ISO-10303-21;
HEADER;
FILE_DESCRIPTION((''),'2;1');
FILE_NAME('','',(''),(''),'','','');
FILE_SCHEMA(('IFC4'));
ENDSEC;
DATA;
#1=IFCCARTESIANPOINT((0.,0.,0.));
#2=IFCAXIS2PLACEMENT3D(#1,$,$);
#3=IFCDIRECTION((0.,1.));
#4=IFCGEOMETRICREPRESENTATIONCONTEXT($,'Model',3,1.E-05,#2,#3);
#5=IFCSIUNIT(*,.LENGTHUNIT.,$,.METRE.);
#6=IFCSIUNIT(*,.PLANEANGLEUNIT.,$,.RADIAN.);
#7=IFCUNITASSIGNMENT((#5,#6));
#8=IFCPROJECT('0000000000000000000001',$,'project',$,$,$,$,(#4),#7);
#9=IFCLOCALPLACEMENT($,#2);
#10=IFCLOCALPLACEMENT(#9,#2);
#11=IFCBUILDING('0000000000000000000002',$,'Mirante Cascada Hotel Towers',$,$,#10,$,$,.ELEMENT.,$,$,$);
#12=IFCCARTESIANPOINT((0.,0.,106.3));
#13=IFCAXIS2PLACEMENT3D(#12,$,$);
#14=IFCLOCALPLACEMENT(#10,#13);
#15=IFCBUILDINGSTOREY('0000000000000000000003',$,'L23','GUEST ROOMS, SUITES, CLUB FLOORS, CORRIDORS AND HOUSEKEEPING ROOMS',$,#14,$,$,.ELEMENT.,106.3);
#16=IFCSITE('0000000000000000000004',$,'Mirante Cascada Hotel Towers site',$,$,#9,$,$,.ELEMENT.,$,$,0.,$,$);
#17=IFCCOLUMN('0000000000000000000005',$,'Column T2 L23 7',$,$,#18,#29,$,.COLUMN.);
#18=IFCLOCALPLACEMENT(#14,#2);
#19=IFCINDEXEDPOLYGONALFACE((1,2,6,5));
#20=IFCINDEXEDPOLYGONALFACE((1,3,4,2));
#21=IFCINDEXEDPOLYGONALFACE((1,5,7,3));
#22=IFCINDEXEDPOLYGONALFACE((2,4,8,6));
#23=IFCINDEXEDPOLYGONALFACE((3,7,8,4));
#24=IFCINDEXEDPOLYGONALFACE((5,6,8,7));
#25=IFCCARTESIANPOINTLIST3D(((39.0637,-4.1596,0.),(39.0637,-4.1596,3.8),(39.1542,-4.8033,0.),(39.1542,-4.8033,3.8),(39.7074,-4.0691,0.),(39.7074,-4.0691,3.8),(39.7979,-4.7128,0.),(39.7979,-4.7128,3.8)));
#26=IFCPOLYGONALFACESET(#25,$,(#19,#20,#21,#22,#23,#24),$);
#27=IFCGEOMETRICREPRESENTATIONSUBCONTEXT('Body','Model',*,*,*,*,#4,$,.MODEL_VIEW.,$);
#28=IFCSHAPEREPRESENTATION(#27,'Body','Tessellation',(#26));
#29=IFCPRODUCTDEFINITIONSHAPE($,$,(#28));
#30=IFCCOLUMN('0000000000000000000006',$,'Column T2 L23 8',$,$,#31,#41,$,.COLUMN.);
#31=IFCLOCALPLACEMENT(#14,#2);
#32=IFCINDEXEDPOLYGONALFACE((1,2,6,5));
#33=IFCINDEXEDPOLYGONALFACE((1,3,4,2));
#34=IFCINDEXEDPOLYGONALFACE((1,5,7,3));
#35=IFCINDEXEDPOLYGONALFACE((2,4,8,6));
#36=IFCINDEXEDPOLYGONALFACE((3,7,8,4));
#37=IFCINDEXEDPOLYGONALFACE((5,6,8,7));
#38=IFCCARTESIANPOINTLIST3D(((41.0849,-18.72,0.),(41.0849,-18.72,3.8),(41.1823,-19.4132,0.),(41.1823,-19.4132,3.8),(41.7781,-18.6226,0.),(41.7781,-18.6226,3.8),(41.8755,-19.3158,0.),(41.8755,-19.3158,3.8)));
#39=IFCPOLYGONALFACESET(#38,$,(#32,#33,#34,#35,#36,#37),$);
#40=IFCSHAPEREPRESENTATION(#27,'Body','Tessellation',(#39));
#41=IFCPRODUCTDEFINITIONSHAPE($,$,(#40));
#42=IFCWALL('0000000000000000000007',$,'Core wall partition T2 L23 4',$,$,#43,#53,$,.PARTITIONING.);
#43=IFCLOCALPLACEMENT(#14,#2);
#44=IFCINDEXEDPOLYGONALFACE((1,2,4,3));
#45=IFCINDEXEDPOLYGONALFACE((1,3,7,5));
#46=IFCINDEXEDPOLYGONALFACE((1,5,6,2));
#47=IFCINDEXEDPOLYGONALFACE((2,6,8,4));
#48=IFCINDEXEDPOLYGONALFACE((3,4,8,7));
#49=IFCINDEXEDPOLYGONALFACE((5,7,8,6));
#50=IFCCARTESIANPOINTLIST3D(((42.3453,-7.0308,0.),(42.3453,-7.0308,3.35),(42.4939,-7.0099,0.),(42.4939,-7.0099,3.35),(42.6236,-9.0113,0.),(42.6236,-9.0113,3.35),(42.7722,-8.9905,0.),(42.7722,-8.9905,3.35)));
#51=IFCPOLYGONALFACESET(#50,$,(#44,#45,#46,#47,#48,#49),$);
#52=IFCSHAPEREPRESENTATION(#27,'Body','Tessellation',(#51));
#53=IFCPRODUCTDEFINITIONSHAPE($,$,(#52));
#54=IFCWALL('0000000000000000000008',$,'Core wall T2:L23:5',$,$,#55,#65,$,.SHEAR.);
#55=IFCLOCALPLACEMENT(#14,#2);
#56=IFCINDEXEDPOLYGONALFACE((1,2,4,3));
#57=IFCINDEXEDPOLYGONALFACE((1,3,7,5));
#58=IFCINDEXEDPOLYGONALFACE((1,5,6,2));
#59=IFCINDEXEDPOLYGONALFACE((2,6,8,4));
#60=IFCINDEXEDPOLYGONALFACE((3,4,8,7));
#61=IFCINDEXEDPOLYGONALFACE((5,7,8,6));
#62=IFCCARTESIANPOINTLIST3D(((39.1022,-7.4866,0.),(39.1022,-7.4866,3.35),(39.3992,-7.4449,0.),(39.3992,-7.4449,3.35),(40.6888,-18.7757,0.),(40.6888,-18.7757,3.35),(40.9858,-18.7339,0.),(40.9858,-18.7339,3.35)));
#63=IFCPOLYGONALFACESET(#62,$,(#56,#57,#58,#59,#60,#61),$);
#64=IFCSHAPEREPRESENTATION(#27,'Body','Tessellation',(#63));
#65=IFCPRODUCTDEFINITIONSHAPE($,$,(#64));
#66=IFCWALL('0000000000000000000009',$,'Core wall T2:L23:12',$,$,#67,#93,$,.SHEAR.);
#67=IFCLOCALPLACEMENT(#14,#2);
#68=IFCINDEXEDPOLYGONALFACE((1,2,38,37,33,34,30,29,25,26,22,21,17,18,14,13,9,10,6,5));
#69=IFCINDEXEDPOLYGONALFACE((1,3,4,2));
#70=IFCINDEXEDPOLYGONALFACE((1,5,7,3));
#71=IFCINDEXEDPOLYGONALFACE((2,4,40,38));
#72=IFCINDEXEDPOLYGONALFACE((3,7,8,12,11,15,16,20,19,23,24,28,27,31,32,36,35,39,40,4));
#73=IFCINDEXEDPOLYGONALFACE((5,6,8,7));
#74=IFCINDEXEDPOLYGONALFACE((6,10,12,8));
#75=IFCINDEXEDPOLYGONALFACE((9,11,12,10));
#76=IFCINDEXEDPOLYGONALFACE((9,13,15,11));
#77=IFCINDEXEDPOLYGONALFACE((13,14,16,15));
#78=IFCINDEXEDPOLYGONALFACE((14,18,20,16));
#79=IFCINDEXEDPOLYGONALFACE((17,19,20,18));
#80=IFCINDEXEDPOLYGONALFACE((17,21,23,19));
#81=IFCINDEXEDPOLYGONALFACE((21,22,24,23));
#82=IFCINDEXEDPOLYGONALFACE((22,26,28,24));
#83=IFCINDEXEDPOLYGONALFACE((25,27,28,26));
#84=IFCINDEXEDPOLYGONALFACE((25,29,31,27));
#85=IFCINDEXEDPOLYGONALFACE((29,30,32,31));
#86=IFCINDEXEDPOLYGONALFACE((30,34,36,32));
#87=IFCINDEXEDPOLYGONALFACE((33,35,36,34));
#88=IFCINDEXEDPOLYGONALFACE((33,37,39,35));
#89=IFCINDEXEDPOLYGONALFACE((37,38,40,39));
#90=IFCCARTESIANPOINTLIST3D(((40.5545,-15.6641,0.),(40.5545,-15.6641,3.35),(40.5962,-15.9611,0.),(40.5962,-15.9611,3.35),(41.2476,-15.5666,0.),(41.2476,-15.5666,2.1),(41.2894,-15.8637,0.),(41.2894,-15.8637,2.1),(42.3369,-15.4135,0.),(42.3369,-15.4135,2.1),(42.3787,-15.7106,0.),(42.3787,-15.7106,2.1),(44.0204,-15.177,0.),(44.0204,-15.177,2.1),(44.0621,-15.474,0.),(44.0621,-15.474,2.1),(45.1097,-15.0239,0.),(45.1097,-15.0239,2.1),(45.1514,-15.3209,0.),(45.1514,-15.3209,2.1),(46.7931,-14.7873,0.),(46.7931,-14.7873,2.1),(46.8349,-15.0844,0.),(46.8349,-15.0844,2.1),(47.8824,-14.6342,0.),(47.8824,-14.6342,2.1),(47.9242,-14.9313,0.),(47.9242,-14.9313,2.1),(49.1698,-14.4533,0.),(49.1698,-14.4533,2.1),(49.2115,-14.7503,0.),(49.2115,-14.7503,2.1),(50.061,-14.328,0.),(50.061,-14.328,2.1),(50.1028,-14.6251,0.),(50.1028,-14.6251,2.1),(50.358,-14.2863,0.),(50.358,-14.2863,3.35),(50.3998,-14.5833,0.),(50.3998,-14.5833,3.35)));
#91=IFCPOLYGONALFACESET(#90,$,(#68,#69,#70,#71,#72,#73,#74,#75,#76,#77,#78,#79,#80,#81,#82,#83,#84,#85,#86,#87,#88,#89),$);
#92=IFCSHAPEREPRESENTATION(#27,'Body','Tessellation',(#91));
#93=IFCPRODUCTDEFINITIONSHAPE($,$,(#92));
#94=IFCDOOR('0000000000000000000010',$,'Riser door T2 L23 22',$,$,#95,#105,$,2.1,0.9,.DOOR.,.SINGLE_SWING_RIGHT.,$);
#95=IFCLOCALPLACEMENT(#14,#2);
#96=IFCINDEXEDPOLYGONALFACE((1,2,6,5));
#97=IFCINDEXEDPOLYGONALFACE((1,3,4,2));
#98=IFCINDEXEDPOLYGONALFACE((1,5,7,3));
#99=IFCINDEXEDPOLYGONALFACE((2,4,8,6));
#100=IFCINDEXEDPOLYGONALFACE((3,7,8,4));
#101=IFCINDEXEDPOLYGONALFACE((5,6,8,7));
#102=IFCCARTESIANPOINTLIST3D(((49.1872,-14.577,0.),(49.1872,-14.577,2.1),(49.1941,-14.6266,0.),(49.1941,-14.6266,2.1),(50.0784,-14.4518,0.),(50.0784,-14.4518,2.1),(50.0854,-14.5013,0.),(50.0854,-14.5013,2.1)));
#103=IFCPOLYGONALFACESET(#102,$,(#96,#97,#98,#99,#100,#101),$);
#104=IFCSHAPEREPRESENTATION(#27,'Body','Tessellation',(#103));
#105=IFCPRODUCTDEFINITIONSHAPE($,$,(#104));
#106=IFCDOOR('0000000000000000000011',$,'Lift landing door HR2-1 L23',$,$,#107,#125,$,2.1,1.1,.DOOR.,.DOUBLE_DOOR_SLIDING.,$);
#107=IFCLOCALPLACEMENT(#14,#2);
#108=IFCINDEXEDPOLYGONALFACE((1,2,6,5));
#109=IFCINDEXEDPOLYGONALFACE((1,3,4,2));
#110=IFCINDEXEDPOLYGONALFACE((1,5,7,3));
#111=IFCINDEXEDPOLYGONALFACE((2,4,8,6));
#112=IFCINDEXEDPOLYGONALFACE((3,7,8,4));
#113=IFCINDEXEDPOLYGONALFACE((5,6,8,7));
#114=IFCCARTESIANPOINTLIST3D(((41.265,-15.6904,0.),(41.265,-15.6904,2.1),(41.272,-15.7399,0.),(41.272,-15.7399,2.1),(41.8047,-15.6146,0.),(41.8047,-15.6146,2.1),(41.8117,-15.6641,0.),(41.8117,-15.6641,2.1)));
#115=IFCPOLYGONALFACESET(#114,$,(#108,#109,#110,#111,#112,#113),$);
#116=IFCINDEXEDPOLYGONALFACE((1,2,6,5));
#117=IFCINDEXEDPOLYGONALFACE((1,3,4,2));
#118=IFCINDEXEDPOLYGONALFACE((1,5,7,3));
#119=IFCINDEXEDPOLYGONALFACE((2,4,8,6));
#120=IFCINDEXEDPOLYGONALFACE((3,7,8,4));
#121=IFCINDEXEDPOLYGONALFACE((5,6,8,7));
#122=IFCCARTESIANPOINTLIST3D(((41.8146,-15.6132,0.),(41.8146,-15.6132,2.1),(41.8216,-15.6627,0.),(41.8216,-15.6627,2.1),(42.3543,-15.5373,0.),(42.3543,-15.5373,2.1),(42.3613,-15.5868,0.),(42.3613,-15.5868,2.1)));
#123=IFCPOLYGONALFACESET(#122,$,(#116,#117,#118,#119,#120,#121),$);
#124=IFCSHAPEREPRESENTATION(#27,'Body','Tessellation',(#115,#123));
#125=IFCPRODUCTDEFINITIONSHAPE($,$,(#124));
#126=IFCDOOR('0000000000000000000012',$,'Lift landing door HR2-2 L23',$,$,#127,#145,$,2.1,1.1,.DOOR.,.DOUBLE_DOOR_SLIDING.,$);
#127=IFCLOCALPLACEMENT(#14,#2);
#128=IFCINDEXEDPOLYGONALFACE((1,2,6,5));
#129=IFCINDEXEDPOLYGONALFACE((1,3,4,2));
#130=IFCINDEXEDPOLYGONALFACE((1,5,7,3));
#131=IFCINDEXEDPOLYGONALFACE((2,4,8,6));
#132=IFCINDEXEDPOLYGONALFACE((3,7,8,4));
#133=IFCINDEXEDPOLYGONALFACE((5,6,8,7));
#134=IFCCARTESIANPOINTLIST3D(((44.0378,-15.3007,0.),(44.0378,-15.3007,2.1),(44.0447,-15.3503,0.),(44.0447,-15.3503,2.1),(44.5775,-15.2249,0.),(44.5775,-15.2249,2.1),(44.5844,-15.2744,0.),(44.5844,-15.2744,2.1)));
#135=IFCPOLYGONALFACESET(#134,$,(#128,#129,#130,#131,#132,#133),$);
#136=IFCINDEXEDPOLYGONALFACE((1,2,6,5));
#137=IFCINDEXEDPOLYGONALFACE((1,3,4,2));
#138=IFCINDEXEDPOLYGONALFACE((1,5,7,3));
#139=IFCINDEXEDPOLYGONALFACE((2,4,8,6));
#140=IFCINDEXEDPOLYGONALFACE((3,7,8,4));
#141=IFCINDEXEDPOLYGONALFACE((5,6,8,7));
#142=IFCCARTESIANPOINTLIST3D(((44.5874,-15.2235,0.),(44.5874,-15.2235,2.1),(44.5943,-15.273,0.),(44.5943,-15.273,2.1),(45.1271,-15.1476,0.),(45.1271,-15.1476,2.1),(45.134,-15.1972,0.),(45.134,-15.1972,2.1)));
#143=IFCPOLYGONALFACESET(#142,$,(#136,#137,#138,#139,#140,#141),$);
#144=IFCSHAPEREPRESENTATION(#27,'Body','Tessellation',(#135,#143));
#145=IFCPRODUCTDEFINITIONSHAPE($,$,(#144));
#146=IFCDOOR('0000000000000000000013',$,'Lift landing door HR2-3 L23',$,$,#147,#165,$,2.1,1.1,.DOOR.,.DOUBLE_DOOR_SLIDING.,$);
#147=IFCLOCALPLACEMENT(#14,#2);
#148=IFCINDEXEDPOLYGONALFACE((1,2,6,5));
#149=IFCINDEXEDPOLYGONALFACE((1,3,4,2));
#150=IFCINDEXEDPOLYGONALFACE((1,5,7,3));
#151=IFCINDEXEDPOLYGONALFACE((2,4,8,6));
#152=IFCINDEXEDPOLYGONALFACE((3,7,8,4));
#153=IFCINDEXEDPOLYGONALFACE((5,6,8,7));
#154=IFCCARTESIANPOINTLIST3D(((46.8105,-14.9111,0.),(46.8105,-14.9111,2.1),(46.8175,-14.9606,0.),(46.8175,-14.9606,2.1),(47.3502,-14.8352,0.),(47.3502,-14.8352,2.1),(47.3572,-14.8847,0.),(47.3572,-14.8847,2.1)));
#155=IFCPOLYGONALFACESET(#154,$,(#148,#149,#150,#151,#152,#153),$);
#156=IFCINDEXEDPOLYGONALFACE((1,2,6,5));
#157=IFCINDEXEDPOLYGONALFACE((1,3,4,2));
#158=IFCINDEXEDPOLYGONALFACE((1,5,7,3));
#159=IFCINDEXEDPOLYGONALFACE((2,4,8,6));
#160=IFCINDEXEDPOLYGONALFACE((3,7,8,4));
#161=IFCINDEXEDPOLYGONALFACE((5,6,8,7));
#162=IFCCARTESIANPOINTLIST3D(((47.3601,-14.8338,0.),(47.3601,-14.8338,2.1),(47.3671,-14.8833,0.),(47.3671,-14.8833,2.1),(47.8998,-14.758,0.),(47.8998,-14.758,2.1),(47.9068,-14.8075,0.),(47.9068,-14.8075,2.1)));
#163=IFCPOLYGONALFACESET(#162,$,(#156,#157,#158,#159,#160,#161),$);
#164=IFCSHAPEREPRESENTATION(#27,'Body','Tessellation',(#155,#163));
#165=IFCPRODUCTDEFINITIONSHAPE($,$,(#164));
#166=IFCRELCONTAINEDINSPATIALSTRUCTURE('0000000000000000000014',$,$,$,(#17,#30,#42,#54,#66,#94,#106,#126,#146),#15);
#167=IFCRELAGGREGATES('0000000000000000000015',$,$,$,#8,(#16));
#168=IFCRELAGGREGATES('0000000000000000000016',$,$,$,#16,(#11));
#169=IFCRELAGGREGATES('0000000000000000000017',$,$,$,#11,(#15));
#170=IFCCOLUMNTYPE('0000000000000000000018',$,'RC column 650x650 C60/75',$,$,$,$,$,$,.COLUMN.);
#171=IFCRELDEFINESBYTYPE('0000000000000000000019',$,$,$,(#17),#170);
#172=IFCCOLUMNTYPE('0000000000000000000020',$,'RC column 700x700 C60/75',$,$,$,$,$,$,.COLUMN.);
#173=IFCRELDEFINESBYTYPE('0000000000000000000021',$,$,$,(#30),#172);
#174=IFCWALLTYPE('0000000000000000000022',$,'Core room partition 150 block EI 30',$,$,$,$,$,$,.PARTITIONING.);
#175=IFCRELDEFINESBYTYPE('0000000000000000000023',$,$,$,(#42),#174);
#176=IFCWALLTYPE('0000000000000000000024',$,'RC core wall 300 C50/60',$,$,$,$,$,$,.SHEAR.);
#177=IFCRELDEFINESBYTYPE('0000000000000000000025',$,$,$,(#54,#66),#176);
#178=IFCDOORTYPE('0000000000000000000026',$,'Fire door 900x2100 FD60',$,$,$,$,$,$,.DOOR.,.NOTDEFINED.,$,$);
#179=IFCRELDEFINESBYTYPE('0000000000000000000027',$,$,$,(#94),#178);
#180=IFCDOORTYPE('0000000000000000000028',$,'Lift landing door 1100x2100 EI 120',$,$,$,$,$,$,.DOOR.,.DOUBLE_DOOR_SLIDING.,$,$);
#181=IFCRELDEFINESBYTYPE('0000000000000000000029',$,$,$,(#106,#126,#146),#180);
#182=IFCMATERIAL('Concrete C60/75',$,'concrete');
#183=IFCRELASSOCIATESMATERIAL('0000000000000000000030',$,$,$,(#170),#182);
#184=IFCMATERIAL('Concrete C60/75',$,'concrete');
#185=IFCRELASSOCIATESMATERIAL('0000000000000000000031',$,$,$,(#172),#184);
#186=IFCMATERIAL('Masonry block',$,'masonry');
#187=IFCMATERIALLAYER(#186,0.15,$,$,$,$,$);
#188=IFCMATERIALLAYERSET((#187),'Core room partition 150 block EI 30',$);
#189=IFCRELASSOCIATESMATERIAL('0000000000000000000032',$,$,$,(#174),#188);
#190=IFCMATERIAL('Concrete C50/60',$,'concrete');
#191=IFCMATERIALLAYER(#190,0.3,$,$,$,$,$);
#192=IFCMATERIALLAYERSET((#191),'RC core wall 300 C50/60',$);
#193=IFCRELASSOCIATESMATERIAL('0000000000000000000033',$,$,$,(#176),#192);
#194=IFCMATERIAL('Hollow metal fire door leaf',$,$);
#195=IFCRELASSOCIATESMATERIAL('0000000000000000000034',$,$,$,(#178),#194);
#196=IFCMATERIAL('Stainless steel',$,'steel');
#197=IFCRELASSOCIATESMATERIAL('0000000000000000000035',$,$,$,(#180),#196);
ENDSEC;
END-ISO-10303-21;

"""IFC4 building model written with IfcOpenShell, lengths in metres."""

from ifc_helpers import new_model, si_unit, direction, frame, frame_2d, origin, origin_2d, place, context, subcontext, project, spatial, rectangle, extrude, material, layer, layer_set, material_profile, profile_set, type_object, element, fill, save


model = new_model("IFC4")

# Units and contexts
model_context = context("Model", 3, precision=1e-05, world=origin(), true_north=direction((0.0, 1.0)))
body_context = subcontext(model_context, "Body", "Model", "MODEL_VIEW")
ifc_project = project(units=[si_unit("LENGTHUNIT", "METRE"), si_unit("PLANEANGLEUNIT", "RADIAN")], contexts=[model_context])

# Site, building, storey
site_placement = place(None, origin())
site = spatial("IfcSite", under=ifc_project, at=site_placement, Name="Mirante Cascada Hotel Towers site", CompositionType="ELEMENT", RefElevation=0.0)
building_placement = place(site_placement, origin())
building = spatial("IfcBuilding", under=site, at=building_placement, Name="Mirante Cascada Hotel Towers", CompositionType="ELEMENT")
storey_placement = place(building_placement, frame((0.0, 0.0, 106.3)))
storey = spatial("IfcBuildingStorey", under=building, at=storey_placement, Name="L23", Description="GUEST ROOMS, SUITES, CLUB FLOORS, CORRIDORS AND HOUSEKEEPING ROOMS", CompositionType="ELEMENT", Elevation=106.3)

# Columns
ifc_material_1 = material(Name="Concrete C60/75", Category="concrete")
ifc_material_profile_1 = material_profile(ifc_material_1, rectangle(XDim=0.65, YDim=0.65, at=origin_2d()), Name="RC column 650x650 C60/75")
ifc_profile_set_1 = profile_set([ifc_material_profile_1], Name="Concrete C60/75")
column_type_1 = type_object("IfcColumnType", Name="RC column 650x650 C60/75", PredefinedType="COLUMN", material=ifc_profile_set_1)
column_1_placement = place(storey_placement, frame((39.4308, -4.4362, 0.0), z_axis=(0.0, 0.0, 1.0), x_axis=(0.990268, 0.139173, 0.0)))
element("IfcColumn", 1, at=column_1_placement, inside=storey, type_object=column_type_1, Name="Column T2 L23 7", PredefinedType="COLUMN", context=body_context, shape_type="SweptSolid", body=[
    extrude(rectangle(XDim=0.65, YDim=0.65, at=origin_2d()), origin(), (0.0, 0.0, 1.0), 3.8),
])
ifc_material_2 = material(Name="Concrete C60/75", Category="concrete")
ifc_material_profile_2 = material_profile(ifc_material_2, rectangle(XDim=0.7, YDim=0.7, at=origin_2d()), Name="RC column 700x700 C60/75")
ifc_profile_set_2 = profile_set([ifc_material_profile_2], Name="Concrete C60/75")
column_type_2 = type_object("IfcColumnType", Name="RC column 700x700 C60/75", PredefinedType="COLUMN", material=ifc_profile_set_2)
column_2_placement = place(storey_placement, frame((41.4802, -19.0179, 0.0), z_axis=(0.0, 0.0, 1.0), x_axis=(0.990268, 0.139173, 0.0)))
element("IfcColumn", 2, at=column_2_placement, inside=storey, type_object=column_type_2, Name="Column T2 L23 8", PredefinedType="COLUMN", context=body_context, shape_type="SweptSolid", body=[
    extrude(rectangle(XDim=0.7, YDim=0.7, at=origin_2d()), origin(), (0.0, 0.0, 1.0), 3.8),
])

# Walls
ifc_material_3 = material(Name="Masonry block", Category="masonry")
ifc_layer_1 = layer(ifc_material_3, 0.15)
ifc_layer_set_1 = layer_set([ifc_layer_1], Name="Core room partition 150 block EI 30")
wall_type_1 = type_object("IfcWallType", Name="Core room partition 150 block EI 30", PredefinedType="PARTITIONING", material=ifc_layer_set_1)
wall_1_placement = place(storey_placement, frame((42.6979, -9.0009, 0.0), z_axis=(0.0, 0.0, 1.0), x_axis=(-0.139153, 0.990271, 0.0)))
element("IfcWall", 3, at=wall_1_placement, inside=storey, type_object=wall_type_1, Name="Core wall partition T2 L23 4", PredefinedType="PARTITIONING", context=body_context, shape_type="SweptSolid", body=[
    extrude(rectangle(XDim=2.0, YDim=0.15, at=frame_2d((1.0, 0.0))), origin(), (0.0, 0.0, 1.0), 3.35),
])
ifc_material_4 = material(Name="Concrete C50/60", Category="concrete")
ifc_layer_2 = layer(ifc_material_4, 0.3)
ifc_layer_set_2 = layer_set([ifc_layer_2], Name="RC core wall 300 C50/60")
wall_type_2 = type_object("IfcWallType", Name="RC core wall 300 C50/60", PredefinedType="SHEAR", material=ifc_layer_set_2)
wall_2_placement = place(storey_placement, frame((40.8373, -18.7548, 0.0), z_axis=(0.0, 0.0, 1.0), x_axis=(-0.139175, 0.990268, 0.0)))
element("IfcWall", 4, at=wall_2_placement, inside=storey, type_object=wall_type_2, Name="Core wall T2:L23:5", PredefinedType="SHEAR", context=body_context, shape_type="SweptSolid", body=[
    extrude(rectangle(XDim=11.4, YDim=0.3, at=frame_2d((5.7, 0.0))), origin(), (0.0, 0.0, 1.0), 3.35),
])

# Wall, openings, doors
wall_3_placement = place(storey_placement, frame((40.5753, -15.8126, 0.0), z_axis=(0.0, 0.0, 1.0), x_axis=(0.990268, 0.139173, 0.0)))
wall_3 = element("IfcWall", 5, at=wall_3_placement, inside=storey, type_object=wall_type_2, Name="Core wall T2:L23:12", PredefinedType="SHEAR", context=body_context, shape_type="SweptSolid", body=[
    extrude(rectangle(XDim=9.8999, YDim=0.3, at=frame_2d((4.95, 0.0))), origin(), (0.0, 0.0, 1.0), 3.35),
])
opening_1_placement = place(wall_3_placement, frame((0.7, 0.0, 0.0)))
opening_1 = element("IfcOpeningElement", 6, at=opening_1_placement, cuts=wall_3, PredefinedType="OPENING", context=body_context, shape_type="SweptSolid", body=[
    extrude(rectangle(XDim=1.1, YDim=2.1, at=frame_2d((0.55, 1.05))), frame((0.0, 0.15, 0.0), z_axis=(0.0, -1.0, 0.0), x_axis=(1.0, 0.0, 0.0)), (0.0, 0.0, 1.0), 0.3),
])
opening_2_placement = place(wall_3_placement, frame((3.5, 0.0, 0.0)))
opening_2 = element("IfcOpeningElement", 7, at=opening_2_placement, cuts=wall_3, PredefinedType="OPENING", context=body_context, shape_type="SweptSolid", body=[
    extrude(rectangle(XDim=1.1, YDim=2.1, at=frame_2d((0.55, 1.05))), frame((0.0, 0.15, 0.0), z_axis=(0.0, -1.0, 0.0), x_axis=(1.0, 0.0, 0.0)), (0.0, 0.0, 1.0), 0.3),
])
opening_3_placement = place(wall_3_placement, frame((6.3, 0.0, 0.0)))
opening_3 = element("IfcOpeningElement", 8, at=opening_3_placement, cuts=wall_3, PredefinedType="OPENING", context=body_context, shape_type="SweptSolid", body=[
    extrude(rectangle(XDim=1.1, YDim=2.1, at=frame_2d((0.55, 1.05))), frame((0.0, 0.15, 0.0), z_axis=(0.0, -1.0, 0.0), x_axis=(1.0, 0.0, 0.0)), (0.0, 0.0, 1.0), 0.3),
])
opening_4_placement = place(wall_3_placement, frame((8.7, 0.0, 0.0)))
opening_4 = element("IfcOpeningElement", 9, at=opening_4_placement, cuts=wall_3, PredefinedType="OPENING", context=body_context, shape_type="SweptSolid", body=[
    extrude(rectangle(XDim=0.9, YDim=2.1, at=frame_2d((0.45, 1.05))), frame((0.0, 0.15, 0.0), z_axis=(0.0, -1.0, 0.0), x_axis=(1.0, 0.0, 0.0)), (0.0, 0.0, 1.0), 0.3),
])
ifc_material_5 = material(Name="Hollow metal fire door leaf")
door_type_1 = type_object("IfcDoorType", Name="Fire door 900x2100 FD60", OperationType="NOTDEFINED", PredefinedType="DOOR", material=ifc_material_5)
door_1_placement = place(opening_4_placement, frame((0.9, 0.0, 0.0), z_axis=(0.0, 0.0, 1.0), x_axis=(-1.0, 0.0, 0.0)))
door_1 = element("IfcDoor", 10, at=door_1_placement, inside=storey, type_object=door_type_1, Name="Riser door T2 L23 22", OperationType="SINGLE_SWING_RIGHT", OverallHeight=2.1, OverallWidth=0.9, PredefinedType="DOOR", context=body_context, shape_type="SweptSolid", body=[
    extrude(rectangle(XDim=0.9, YDim=2.1, at=frame_2d((0.45, 1.05))), frame((0.0, 0.025, 0.0), z_axis=(0.0, -1.0, 0.0), x_axis=(1.0, 0.0, 0.0)), (0.0, 0.0, 1.0), 0.05),
])
fill(opening_4, door_1)
ifc_material_6 = material(Name="Stainless steel", Category="steel")
door_type_2 = type_object("IfcDoorType", Name="Lift landing door 1100x2100 EI 120", OperationType="DOUBLE_DOOR_SLIDING", PredefinedType="DOOR", material=ifc_material_6)
door_2_placement = place(opening_1_placement, origin())
door_2 = element("IfcDoor", 11, at=door_2_placement, inside=storey, type_object=door_type_2, Name="Lift landing door HR2-1 L23", OperationType="DOUBLE_DOOR_SLIDING", OverallHeight=2.1, OverallWidth=1.1, PredefinedType="DOOR", context=body_context, shape_type="SweptSolid", body=[
    extrude(rectangle(XDim=0.545, YDim=2.1, at=frame_2d((0.2725, 1.05))), frame((0.0, 0.025, 0.0), z_axis=(0.0, -1.0, 0.0), x_axis=(1.0, 0.0, 0.0)), (0.0, 0.0, 1.0), 0.05),
    extrude(rectangle(XDim=0.545, YDim=2.1, at=frame_2d((0.8275, 1.05))), frame((0.0, 0.025, 0.0), z_axis=(0.0, -1.0, 0.0), x_axis=(1.0, 0.0, 0.0)), (0.0, 0.0, 1.0), 0.05),
])
fill(opening_1, door_2)
door_3_placement = place(opening_2_placement, origin())
door_3 = element("IfcDoor", 12, at=door_3_placement, inside=storey, type_object=door_type_2, Name="Lift landing door HR2-2 L23", OperationType="DOUBLE_DOOR_SLIDING", OverallHeight=2.1, OverallWidth=1.1, PredefinedType="DOOR", context=body_context, shape_type="SweptSolid", body=[
    extrude(rectangle(XDim=0.545, YDim=2.1, at=frame_2d((0.2725, 1.05))), frame((0.0, 0.025, 0.0), z_axis=(0.0, -1.0, 0.0), x_axis=(1.0, 0.0, 0.0)), (0.0, 0.0, 1.0), 0.05),
    extrude(rectangle(XDim=0.545, YDim=2.1, at=frame_2d((0.8275, 1.05))), frame((0.0, 0.025, 0.0), z_axis=(0.0, -1.0, 0.0), x_axis=(1.0, 0.0, 0.0)), (0.0, 0.0, 1.0), 0.05),
])
fill(opening_2, door_3)
door_4_placement = place(opening_3_placement, origin())
door_4 = element("IfcDoor", 13, at=door_4_placement, inside=storey, type_object=door_type_2, Name="Lift landing door HR2-3 L23", OperationType="DOUBLE_DOOR_SLIDING", OverallHeight=2.1, OverallWidth=1.1, PredefinedType="DOOR", context=body_context, shape_type="SweptSolid", body=[
    extrude(rectangle(XDim=0.545, YDim=2.1, at=frame_2d((0.2725, 1.05))), frame((0.0, 0.025, 0.0), z_axis=(0.0, -1.0, 0.0), x_axis=(1.0, 0.0, 0.0)), (0.0, 0.0, 1.0), 0.05),
    extrude(rectangle(XDim=0.545, YDim=2.1, at=frame_2d((0.8275, 1.05))), frame((0.0, 0.025, 0.0), z_axis=(0.0, -1.0, 0.0), x_axis=(1.0, 0.0, 0.0)), (0.0, 0.0, 1.0), 0.05),
])
fill(opening_3, door_4)

save(model, "model.ifc")
